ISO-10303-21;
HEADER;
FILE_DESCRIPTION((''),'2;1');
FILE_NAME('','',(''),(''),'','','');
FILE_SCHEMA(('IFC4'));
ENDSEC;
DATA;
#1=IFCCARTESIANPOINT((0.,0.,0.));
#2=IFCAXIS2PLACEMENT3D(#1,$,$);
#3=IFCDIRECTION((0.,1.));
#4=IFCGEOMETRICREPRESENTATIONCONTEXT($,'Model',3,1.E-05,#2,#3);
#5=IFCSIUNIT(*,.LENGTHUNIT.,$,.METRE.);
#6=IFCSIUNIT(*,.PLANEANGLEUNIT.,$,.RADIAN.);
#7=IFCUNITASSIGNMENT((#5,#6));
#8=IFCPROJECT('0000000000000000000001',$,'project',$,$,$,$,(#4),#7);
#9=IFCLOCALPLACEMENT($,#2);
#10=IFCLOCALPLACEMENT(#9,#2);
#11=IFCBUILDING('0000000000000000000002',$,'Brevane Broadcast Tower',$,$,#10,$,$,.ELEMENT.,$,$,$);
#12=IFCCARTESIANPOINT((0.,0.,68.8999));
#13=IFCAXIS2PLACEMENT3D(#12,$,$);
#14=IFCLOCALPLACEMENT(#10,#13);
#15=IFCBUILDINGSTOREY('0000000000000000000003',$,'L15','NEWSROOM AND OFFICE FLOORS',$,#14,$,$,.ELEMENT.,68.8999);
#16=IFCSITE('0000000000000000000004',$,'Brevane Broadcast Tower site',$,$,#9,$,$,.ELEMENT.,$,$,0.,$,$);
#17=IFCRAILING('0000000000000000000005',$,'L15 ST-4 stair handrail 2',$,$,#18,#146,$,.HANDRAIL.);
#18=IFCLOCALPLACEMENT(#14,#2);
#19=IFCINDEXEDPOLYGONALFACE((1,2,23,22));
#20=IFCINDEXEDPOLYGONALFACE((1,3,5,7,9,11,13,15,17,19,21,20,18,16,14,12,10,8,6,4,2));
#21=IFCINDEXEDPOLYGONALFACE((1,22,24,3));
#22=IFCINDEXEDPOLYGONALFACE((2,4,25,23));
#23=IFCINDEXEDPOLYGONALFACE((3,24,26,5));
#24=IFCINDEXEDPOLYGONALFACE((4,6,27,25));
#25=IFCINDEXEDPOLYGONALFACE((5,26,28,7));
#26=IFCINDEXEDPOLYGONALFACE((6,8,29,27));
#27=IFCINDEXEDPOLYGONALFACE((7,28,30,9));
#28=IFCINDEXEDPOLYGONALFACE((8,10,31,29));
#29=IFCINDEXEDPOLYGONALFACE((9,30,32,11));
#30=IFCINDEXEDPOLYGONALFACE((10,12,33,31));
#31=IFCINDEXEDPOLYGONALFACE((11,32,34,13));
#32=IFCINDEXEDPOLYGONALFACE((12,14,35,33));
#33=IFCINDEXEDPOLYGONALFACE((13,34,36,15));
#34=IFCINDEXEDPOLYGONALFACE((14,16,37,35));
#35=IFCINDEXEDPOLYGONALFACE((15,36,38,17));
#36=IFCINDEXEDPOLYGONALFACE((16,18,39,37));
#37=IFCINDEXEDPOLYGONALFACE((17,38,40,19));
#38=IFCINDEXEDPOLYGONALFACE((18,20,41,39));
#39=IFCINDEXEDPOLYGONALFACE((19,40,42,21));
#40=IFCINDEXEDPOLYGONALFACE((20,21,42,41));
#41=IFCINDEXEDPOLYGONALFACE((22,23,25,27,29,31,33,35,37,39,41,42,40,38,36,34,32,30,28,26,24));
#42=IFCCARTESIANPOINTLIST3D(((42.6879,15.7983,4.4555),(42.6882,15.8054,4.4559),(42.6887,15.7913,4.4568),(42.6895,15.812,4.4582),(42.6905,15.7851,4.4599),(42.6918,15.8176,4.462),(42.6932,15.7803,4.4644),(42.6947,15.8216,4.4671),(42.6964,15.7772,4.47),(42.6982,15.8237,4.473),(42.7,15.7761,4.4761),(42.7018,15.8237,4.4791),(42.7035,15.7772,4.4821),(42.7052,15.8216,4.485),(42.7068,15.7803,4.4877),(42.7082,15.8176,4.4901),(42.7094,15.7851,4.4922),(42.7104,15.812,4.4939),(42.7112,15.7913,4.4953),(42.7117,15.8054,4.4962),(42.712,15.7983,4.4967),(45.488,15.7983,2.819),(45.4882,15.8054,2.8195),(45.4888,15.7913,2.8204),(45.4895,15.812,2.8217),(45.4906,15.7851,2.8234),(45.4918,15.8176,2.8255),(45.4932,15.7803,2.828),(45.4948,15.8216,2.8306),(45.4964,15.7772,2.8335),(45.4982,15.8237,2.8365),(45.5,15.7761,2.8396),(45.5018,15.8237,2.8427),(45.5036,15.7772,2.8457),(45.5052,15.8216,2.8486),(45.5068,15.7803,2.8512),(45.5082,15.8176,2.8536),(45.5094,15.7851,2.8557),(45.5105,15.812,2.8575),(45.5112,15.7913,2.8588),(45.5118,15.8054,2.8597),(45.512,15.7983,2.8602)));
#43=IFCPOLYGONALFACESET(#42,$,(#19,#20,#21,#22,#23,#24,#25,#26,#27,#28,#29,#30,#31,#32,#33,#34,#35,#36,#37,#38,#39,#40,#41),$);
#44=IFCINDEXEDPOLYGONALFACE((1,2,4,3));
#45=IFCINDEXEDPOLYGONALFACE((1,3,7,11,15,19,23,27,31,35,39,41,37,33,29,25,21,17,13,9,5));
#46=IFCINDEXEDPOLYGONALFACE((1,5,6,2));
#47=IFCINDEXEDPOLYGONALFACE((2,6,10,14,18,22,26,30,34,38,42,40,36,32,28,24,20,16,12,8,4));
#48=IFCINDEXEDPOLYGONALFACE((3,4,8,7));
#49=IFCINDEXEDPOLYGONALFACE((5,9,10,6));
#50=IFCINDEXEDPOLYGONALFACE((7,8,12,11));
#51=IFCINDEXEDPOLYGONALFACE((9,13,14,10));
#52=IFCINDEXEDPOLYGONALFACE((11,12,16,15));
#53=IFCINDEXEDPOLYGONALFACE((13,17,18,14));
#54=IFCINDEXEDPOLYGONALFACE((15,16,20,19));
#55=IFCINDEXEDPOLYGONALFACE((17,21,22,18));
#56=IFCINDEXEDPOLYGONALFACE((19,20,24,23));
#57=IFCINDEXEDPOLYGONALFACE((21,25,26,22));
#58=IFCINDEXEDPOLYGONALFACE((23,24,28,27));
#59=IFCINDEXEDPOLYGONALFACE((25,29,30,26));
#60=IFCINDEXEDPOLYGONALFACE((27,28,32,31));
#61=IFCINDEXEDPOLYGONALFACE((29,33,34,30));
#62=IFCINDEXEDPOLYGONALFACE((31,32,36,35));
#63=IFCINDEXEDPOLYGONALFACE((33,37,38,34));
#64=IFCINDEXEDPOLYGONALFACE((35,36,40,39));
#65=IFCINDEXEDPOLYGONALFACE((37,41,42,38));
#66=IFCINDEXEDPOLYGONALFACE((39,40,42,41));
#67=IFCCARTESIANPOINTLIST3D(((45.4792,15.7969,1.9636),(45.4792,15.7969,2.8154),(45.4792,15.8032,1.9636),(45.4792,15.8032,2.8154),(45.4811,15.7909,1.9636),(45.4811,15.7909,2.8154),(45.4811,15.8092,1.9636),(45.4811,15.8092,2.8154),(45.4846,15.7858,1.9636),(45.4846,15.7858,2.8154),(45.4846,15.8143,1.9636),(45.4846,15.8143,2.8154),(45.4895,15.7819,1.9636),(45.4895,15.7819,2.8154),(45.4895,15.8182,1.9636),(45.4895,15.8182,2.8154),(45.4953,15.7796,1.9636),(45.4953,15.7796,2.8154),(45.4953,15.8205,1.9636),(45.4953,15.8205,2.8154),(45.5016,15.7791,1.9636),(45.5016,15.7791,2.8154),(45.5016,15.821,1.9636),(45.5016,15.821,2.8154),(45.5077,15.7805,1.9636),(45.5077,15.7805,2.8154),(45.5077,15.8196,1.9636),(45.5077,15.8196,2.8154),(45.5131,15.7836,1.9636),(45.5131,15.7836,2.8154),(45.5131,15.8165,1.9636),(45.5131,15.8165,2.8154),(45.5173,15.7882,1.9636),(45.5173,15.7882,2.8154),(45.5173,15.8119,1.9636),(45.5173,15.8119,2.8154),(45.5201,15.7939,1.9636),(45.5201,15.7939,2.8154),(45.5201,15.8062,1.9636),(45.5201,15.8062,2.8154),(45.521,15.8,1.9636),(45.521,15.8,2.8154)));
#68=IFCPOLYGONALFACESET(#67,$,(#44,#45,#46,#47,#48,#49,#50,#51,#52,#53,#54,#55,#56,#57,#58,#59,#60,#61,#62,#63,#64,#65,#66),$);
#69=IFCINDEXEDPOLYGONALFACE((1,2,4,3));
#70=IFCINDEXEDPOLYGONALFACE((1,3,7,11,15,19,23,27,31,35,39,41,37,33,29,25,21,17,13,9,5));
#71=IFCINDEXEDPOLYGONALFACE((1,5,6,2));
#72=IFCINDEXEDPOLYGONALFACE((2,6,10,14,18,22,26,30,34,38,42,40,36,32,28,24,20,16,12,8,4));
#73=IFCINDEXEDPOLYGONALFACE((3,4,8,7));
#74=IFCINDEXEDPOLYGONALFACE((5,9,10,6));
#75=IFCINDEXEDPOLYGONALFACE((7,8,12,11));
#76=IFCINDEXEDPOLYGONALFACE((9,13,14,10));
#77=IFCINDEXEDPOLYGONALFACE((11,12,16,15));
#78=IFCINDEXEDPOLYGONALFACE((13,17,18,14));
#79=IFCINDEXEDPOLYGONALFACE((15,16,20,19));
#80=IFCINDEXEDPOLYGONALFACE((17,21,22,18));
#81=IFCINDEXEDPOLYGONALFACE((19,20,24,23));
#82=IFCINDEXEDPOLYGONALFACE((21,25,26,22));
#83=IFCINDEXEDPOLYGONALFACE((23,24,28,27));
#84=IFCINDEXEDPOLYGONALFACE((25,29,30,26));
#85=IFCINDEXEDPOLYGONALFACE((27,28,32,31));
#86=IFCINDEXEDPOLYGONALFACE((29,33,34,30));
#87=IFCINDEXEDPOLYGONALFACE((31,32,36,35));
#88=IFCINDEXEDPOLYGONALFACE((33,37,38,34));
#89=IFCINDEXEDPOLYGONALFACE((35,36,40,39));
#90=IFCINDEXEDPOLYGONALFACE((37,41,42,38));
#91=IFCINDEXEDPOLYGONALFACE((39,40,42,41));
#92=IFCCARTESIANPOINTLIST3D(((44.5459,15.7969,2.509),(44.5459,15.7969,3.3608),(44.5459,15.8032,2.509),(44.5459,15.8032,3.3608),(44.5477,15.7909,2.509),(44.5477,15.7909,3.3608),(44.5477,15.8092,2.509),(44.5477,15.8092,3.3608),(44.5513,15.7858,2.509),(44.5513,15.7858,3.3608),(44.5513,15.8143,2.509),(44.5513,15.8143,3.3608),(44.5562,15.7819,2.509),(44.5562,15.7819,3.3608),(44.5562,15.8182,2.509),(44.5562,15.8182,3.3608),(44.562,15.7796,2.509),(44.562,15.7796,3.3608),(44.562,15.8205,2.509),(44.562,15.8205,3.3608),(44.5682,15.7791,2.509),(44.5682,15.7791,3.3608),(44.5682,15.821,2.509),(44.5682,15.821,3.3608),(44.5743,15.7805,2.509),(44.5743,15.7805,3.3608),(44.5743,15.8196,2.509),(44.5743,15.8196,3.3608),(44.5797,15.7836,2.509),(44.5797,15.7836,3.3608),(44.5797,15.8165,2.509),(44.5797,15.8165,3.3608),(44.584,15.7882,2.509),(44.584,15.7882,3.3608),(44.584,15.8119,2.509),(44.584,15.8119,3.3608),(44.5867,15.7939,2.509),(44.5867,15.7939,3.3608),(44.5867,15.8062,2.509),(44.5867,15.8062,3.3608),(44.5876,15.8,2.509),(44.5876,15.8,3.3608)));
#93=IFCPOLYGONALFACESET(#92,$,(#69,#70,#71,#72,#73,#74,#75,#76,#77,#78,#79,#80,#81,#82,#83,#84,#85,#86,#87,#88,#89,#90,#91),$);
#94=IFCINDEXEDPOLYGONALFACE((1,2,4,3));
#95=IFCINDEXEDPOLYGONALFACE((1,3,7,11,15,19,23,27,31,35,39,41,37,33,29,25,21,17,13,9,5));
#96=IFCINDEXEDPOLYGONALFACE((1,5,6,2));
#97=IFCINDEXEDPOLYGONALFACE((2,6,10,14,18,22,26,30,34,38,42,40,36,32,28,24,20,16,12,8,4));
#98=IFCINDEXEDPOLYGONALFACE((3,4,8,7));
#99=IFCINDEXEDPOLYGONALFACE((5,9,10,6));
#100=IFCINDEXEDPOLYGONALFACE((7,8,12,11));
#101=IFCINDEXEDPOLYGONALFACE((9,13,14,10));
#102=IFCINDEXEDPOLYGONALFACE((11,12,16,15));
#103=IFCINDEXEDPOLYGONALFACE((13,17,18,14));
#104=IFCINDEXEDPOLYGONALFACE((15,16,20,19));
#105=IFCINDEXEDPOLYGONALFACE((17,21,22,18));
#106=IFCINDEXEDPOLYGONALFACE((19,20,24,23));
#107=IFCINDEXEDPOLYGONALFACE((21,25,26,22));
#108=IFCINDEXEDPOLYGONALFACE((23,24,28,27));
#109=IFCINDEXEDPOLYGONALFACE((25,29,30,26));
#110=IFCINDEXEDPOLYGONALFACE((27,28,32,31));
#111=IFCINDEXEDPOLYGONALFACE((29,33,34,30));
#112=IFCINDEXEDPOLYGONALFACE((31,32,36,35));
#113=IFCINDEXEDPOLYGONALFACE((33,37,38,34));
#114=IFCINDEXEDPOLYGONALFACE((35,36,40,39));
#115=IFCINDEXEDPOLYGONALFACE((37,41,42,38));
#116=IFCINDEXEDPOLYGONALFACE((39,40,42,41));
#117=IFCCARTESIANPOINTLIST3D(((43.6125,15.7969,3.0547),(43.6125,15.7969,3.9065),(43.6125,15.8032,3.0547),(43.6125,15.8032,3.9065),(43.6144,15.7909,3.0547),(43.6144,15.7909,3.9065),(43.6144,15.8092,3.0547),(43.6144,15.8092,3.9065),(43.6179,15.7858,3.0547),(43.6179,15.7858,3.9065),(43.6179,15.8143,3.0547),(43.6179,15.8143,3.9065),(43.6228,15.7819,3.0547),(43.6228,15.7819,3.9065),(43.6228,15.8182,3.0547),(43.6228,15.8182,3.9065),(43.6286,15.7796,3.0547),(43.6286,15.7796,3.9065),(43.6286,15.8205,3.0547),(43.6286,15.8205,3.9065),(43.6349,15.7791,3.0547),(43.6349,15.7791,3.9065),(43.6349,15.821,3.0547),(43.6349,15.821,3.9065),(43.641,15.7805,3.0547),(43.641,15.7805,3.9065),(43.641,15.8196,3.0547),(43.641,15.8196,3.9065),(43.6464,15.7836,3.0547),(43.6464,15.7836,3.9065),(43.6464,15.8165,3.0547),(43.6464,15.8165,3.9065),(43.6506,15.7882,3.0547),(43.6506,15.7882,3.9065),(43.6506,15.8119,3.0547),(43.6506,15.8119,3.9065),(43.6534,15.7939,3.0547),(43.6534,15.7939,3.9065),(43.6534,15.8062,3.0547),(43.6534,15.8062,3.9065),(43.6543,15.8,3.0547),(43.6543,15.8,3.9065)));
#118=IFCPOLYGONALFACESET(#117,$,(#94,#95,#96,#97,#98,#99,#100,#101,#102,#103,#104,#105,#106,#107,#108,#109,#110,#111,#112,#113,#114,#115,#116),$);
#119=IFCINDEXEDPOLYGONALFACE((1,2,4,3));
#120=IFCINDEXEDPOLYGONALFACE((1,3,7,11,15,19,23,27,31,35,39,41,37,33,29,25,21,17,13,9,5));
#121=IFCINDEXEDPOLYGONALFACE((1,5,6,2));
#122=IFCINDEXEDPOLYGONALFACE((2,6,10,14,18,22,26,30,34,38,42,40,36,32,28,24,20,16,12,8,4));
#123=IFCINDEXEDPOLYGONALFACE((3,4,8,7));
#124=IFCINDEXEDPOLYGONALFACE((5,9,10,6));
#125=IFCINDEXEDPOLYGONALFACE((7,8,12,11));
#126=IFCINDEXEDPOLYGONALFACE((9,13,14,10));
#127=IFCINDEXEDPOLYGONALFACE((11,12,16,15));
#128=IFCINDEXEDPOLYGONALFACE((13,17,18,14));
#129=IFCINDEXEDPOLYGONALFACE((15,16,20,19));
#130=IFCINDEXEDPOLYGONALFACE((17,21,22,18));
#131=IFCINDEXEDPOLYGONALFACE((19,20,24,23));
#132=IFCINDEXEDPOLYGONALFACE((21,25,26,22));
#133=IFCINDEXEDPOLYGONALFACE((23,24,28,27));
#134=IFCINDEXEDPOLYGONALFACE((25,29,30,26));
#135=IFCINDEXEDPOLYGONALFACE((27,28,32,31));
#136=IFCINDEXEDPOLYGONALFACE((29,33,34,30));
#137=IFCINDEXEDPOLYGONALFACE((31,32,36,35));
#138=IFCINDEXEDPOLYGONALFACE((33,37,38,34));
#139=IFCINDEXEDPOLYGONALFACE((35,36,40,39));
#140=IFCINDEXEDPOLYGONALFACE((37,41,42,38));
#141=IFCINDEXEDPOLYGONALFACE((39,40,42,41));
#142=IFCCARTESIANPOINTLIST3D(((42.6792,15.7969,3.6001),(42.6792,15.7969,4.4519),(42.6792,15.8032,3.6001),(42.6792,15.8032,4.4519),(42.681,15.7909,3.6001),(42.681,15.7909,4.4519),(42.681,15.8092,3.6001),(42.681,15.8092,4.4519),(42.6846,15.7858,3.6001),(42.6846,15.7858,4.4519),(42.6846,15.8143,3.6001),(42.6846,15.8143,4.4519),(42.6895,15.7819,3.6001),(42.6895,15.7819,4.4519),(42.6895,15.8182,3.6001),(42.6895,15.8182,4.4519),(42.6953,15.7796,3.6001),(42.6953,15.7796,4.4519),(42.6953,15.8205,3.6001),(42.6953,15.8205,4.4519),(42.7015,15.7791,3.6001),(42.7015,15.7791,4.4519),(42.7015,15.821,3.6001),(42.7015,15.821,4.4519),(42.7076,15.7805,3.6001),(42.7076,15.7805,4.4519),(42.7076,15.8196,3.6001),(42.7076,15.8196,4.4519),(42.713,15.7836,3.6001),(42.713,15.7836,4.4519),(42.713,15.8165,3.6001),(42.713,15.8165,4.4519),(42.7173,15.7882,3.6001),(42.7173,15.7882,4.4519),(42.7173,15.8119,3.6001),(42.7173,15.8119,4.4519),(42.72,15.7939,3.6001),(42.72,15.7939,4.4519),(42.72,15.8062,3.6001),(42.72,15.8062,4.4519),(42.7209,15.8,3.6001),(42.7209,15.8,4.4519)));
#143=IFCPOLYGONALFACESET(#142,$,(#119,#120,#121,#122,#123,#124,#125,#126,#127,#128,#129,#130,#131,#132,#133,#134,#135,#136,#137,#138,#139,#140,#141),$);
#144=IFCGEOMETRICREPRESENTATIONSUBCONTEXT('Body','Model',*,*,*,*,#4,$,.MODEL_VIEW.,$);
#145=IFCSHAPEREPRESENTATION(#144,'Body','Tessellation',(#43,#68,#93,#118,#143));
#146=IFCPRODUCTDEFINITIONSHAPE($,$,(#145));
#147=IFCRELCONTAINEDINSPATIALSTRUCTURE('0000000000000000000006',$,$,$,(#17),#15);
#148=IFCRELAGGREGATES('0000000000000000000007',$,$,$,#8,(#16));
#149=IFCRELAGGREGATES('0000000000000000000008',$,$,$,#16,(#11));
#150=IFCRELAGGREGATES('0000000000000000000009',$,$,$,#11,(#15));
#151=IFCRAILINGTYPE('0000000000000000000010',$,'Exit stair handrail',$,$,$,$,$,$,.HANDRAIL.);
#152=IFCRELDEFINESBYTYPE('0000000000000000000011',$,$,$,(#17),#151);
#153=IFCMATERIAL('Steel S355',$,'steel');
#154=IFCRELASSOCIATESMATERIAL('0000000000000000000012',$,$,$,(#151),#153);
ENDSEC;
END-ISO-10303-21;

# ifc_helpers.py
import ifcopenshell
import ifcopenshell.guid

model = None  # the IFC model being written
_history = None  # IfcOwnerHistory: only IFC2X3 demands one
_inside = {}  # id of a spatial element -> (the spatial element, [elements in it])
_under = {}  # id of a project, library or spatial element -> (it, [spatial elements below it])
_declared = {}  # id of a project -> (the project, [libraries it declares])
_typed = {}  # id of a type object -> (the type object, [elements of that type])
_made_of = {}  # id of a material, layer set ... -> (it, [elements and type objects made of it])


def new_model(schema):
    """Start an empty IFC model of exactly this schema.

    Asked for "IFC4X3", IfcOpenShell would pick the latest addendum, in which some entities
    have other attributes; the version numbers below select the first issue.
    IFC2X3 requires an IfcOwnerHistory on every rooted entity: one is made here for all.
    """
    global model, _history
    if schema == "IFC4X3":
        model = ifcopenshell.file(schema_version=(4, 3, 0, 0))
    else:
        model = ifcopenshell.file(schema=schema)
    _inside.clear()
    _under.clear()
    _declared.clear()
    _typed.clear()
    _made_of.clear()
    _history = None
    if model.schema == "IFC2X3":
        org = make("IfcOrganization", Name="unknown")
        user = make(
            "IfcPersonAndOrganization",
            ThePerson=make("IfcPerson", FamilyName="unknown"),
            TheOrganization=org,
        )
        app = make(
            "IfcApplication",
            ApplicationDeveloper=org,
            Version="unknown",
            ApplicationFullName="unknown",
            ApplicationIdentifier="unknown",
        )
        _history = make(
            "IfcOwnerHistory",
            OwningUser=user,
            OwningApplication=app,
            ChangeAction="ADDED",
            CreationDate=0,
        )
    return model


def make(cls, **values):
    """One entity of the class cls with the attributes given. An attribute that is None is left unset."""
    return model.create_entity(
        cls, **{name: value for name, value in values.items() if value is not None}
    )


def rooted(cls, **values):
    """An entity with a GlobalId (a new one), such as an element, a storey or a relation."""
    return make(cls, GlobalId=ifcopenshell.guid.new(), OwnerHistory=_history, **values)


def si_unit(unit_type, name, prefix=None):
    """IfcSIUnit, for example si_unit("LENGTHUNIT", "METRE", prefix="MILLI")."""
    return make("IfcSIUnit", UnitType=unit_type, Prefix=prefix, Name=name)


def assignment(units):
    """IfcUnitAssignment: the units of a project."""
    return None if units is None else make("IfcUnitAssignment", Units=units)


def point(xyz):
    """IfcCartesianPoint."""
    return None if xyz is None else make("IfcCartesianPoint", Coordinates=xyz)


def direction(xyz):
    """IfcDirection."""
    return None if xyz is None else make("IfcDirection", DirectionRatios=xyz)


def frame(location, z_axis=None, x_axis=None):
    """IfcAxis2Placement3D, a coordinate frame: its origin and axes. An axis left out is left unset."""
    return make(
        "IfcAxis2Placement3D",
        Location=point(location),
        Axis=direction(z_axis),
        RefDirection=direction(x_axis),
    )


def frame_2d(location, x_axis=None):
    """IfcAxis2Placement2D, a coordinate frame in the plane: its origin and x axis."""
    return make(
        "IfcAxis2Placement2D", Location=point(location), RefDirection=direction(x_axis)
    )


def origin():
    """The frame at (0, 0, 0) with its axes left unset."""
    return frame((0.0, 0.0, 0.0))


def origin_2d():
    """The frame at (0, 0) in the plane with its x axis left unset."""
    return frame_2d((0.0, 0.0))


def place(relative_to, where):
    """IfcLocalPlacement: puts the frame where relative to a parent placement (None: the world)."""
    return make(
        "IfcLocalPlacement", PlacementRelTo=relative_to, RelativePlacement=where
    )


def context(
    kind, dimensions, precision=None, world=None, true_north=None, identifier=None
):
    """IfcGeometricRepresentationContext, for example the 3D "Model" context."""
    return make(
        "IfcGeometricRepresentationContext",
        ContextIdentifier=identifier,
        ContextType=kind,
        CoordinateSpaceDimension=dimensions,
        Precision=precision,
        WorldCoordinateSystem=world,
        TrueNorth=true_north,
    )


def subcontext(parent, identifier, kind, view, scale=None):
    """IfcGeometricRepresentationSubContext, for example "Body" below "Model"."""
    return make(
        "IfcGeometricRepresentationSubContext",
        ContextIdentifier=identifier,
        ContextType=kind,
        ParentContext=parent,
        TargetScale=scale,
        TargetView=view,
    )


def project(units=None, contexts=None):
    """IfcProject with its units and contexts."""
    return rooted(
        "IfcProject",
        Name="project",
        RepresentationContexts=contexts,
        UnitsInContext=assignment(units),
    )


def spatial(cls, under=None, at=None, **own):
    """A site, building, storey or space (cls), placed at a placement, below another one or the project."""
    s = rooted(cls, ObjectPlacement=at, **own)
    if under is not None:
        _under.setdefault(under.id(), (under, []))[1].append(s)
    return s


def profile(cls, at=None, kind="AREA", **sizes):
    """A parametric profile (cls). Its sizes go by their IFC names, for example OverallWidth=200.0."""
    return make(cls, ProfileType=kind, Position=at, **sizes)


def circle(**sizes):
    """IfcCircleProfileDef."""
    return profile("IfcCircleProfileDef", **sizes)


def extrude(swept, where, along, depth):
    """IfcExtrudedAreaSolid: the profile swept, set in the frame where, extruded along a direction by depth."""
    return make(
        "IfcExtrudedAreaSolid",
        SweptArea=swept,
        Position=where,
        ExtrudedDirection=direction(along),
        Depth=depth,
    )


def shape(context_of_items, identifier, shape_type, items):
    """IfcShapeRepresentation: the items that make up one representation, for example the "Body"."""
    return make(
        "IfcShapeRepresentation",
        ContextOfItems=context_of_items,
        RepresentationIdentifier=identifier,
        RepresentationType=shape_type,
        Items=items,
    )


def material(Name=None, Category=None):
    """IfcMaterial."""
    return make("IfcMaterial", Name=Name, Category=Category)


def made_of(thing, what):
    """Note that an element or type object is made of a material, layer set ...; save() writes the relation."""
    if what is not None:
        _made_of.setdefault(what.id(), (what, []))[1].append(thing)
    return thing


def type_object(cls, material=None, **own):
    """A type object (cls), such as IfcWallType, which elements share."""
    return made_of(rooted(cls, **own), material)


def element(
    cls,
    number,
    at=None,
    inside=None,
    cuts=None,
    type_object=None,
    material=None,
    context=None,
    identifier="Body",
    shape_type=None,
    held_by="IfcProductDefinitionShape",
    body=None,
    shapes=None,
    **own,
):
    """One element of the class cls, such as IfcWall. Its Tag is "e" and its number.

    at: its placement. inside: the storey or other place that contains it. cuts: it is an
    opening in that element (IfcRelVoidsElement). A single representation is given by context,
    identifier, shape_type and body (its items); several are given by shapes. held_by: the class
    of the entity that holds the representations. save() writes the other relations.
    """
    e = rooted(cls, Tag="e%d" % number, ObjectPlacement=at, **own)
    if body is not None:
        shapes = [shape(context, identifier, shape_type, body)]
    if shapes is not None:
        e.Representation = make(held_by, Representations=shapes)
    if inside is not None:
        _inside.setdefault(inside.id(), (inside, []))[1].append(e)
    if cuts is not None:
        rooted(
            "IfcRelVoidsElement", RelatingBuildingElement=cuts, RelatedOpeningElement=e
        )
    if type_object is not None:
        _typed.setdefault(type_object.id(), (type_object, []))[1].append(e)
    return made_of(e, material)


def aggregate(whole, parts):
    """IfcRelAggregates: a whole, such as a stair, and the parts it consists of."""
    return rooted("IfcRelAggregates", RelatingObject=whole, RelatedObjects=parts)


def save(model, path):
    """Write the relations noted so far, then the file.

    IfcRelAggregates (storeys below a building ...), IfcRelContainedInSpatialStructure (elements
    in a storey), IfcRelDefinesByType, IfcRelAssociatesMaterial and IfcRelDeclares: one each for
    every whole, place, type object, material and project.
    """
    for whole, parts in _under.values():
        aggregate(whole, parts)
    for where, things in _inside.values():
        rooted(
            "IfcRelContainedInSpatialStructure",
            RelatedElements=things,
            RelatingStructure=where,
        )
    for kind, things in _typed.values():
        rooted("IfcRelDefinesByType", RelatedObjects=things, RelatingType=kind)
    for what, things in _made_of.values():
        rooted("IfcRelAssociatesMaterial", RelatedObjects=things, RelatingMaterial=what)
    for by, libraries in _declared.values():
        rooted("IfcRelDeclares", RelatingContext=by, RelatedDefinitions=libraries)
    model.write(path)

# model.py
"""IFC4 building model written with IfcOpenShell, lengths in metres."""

from ifc_helpers import new_model, si_unit, direction, frame, origin, origin_2d, place, context, subcontext, project, spatial, circle, extrude, material, type_object, element, save


model = new_model("IFC4")

# Units and contexts
model_context = context("Model", 3, precision=1e-05, world=origin(), true_north=direction((0.0, 1.0)))
body_context = subcontext(model_context, "Body", "Model", "MODEL_VIEW")
ifc_project = project(units=[si_unit("LENGTHUNIT", "METRE"), si_unit("PLANEANGLEUNIT", "RADIAN")], contexts=[model_context])

# Site, building, storey
site_placement = place(None, origin())
site = spatial("IfcSite", under=ifc_project, at=site_placement, Name="Brevane Broadcast Tower site", CompositionType="ELEMENT", RefElevation=0.0)
building_placement = place(site_placement, origin())
building = spatial("IfcBuilding", under=site, at=building_placement, Name="Brevane Broadcast Tower", CompositionType="ELEMENT")
storey_placement = place(building_placement, frame((0.0, 0.0, 68.8999)))
storey = spatial("IfcBuildingStorey", under=building, at=storey_placement, Name="L15", Description="NEWSROOM AND OFFICE FLOORS", CompositionType="ELEMENT", Elevation=68.8999)

# Railing
ifc_material_1 = material(Name="Steel S355", Category="steel")
railing_type_1 = type_object("IfcRailingType", Name="Exit stair handrail", PredefinedType="HANDRAIL", material=ifc_material_1)
railing_1_placement = place(storey_placement, frame((45.5, 15.8, 1.9636)))
element("IfcRailing", 1, at=railing_1_placement, inside=storey, type_object=railing_type_1, Name="L15 ST-4 stair handrail 2", PredefinedType="HANDRAIL", context=body_context, shape_type="SweptSolid", body=[
    extrude(circle(Radius=0.0239, at=origin_2d()), frame((0.0, 0.0, 0.876), z_axis=(-0.863361, 0.0, 0.504587), x_axis=(0.0, -1.0, 0.0)), (0.0, 0.0, 1.0), 3.2432),
    extrude(circle(Radius=0.021, at=origin_2d()), origin(), (0.0, 0.0, 1.0), 0.8518),
    extrude(circle(Radius=0.021, at=origin_2d()), frame((-0.9333, 0.0, 0.5454)), (0.0, 0.0, 1.0), 0.8518),
    extrude(circle(Radius=0.021, at=origin_2d()), frame((-1.8667, 0.0, 1.0911)), (0.0, 0.0, 1.0), 0.8518),
    extrude(circle(Radius=0.021, at=origin_2d()), frame((-2.8, 0.0, 1.6365)), (0.0, 0.0, 1.0), 0.8518),
])

save(model, "model.ifc")
